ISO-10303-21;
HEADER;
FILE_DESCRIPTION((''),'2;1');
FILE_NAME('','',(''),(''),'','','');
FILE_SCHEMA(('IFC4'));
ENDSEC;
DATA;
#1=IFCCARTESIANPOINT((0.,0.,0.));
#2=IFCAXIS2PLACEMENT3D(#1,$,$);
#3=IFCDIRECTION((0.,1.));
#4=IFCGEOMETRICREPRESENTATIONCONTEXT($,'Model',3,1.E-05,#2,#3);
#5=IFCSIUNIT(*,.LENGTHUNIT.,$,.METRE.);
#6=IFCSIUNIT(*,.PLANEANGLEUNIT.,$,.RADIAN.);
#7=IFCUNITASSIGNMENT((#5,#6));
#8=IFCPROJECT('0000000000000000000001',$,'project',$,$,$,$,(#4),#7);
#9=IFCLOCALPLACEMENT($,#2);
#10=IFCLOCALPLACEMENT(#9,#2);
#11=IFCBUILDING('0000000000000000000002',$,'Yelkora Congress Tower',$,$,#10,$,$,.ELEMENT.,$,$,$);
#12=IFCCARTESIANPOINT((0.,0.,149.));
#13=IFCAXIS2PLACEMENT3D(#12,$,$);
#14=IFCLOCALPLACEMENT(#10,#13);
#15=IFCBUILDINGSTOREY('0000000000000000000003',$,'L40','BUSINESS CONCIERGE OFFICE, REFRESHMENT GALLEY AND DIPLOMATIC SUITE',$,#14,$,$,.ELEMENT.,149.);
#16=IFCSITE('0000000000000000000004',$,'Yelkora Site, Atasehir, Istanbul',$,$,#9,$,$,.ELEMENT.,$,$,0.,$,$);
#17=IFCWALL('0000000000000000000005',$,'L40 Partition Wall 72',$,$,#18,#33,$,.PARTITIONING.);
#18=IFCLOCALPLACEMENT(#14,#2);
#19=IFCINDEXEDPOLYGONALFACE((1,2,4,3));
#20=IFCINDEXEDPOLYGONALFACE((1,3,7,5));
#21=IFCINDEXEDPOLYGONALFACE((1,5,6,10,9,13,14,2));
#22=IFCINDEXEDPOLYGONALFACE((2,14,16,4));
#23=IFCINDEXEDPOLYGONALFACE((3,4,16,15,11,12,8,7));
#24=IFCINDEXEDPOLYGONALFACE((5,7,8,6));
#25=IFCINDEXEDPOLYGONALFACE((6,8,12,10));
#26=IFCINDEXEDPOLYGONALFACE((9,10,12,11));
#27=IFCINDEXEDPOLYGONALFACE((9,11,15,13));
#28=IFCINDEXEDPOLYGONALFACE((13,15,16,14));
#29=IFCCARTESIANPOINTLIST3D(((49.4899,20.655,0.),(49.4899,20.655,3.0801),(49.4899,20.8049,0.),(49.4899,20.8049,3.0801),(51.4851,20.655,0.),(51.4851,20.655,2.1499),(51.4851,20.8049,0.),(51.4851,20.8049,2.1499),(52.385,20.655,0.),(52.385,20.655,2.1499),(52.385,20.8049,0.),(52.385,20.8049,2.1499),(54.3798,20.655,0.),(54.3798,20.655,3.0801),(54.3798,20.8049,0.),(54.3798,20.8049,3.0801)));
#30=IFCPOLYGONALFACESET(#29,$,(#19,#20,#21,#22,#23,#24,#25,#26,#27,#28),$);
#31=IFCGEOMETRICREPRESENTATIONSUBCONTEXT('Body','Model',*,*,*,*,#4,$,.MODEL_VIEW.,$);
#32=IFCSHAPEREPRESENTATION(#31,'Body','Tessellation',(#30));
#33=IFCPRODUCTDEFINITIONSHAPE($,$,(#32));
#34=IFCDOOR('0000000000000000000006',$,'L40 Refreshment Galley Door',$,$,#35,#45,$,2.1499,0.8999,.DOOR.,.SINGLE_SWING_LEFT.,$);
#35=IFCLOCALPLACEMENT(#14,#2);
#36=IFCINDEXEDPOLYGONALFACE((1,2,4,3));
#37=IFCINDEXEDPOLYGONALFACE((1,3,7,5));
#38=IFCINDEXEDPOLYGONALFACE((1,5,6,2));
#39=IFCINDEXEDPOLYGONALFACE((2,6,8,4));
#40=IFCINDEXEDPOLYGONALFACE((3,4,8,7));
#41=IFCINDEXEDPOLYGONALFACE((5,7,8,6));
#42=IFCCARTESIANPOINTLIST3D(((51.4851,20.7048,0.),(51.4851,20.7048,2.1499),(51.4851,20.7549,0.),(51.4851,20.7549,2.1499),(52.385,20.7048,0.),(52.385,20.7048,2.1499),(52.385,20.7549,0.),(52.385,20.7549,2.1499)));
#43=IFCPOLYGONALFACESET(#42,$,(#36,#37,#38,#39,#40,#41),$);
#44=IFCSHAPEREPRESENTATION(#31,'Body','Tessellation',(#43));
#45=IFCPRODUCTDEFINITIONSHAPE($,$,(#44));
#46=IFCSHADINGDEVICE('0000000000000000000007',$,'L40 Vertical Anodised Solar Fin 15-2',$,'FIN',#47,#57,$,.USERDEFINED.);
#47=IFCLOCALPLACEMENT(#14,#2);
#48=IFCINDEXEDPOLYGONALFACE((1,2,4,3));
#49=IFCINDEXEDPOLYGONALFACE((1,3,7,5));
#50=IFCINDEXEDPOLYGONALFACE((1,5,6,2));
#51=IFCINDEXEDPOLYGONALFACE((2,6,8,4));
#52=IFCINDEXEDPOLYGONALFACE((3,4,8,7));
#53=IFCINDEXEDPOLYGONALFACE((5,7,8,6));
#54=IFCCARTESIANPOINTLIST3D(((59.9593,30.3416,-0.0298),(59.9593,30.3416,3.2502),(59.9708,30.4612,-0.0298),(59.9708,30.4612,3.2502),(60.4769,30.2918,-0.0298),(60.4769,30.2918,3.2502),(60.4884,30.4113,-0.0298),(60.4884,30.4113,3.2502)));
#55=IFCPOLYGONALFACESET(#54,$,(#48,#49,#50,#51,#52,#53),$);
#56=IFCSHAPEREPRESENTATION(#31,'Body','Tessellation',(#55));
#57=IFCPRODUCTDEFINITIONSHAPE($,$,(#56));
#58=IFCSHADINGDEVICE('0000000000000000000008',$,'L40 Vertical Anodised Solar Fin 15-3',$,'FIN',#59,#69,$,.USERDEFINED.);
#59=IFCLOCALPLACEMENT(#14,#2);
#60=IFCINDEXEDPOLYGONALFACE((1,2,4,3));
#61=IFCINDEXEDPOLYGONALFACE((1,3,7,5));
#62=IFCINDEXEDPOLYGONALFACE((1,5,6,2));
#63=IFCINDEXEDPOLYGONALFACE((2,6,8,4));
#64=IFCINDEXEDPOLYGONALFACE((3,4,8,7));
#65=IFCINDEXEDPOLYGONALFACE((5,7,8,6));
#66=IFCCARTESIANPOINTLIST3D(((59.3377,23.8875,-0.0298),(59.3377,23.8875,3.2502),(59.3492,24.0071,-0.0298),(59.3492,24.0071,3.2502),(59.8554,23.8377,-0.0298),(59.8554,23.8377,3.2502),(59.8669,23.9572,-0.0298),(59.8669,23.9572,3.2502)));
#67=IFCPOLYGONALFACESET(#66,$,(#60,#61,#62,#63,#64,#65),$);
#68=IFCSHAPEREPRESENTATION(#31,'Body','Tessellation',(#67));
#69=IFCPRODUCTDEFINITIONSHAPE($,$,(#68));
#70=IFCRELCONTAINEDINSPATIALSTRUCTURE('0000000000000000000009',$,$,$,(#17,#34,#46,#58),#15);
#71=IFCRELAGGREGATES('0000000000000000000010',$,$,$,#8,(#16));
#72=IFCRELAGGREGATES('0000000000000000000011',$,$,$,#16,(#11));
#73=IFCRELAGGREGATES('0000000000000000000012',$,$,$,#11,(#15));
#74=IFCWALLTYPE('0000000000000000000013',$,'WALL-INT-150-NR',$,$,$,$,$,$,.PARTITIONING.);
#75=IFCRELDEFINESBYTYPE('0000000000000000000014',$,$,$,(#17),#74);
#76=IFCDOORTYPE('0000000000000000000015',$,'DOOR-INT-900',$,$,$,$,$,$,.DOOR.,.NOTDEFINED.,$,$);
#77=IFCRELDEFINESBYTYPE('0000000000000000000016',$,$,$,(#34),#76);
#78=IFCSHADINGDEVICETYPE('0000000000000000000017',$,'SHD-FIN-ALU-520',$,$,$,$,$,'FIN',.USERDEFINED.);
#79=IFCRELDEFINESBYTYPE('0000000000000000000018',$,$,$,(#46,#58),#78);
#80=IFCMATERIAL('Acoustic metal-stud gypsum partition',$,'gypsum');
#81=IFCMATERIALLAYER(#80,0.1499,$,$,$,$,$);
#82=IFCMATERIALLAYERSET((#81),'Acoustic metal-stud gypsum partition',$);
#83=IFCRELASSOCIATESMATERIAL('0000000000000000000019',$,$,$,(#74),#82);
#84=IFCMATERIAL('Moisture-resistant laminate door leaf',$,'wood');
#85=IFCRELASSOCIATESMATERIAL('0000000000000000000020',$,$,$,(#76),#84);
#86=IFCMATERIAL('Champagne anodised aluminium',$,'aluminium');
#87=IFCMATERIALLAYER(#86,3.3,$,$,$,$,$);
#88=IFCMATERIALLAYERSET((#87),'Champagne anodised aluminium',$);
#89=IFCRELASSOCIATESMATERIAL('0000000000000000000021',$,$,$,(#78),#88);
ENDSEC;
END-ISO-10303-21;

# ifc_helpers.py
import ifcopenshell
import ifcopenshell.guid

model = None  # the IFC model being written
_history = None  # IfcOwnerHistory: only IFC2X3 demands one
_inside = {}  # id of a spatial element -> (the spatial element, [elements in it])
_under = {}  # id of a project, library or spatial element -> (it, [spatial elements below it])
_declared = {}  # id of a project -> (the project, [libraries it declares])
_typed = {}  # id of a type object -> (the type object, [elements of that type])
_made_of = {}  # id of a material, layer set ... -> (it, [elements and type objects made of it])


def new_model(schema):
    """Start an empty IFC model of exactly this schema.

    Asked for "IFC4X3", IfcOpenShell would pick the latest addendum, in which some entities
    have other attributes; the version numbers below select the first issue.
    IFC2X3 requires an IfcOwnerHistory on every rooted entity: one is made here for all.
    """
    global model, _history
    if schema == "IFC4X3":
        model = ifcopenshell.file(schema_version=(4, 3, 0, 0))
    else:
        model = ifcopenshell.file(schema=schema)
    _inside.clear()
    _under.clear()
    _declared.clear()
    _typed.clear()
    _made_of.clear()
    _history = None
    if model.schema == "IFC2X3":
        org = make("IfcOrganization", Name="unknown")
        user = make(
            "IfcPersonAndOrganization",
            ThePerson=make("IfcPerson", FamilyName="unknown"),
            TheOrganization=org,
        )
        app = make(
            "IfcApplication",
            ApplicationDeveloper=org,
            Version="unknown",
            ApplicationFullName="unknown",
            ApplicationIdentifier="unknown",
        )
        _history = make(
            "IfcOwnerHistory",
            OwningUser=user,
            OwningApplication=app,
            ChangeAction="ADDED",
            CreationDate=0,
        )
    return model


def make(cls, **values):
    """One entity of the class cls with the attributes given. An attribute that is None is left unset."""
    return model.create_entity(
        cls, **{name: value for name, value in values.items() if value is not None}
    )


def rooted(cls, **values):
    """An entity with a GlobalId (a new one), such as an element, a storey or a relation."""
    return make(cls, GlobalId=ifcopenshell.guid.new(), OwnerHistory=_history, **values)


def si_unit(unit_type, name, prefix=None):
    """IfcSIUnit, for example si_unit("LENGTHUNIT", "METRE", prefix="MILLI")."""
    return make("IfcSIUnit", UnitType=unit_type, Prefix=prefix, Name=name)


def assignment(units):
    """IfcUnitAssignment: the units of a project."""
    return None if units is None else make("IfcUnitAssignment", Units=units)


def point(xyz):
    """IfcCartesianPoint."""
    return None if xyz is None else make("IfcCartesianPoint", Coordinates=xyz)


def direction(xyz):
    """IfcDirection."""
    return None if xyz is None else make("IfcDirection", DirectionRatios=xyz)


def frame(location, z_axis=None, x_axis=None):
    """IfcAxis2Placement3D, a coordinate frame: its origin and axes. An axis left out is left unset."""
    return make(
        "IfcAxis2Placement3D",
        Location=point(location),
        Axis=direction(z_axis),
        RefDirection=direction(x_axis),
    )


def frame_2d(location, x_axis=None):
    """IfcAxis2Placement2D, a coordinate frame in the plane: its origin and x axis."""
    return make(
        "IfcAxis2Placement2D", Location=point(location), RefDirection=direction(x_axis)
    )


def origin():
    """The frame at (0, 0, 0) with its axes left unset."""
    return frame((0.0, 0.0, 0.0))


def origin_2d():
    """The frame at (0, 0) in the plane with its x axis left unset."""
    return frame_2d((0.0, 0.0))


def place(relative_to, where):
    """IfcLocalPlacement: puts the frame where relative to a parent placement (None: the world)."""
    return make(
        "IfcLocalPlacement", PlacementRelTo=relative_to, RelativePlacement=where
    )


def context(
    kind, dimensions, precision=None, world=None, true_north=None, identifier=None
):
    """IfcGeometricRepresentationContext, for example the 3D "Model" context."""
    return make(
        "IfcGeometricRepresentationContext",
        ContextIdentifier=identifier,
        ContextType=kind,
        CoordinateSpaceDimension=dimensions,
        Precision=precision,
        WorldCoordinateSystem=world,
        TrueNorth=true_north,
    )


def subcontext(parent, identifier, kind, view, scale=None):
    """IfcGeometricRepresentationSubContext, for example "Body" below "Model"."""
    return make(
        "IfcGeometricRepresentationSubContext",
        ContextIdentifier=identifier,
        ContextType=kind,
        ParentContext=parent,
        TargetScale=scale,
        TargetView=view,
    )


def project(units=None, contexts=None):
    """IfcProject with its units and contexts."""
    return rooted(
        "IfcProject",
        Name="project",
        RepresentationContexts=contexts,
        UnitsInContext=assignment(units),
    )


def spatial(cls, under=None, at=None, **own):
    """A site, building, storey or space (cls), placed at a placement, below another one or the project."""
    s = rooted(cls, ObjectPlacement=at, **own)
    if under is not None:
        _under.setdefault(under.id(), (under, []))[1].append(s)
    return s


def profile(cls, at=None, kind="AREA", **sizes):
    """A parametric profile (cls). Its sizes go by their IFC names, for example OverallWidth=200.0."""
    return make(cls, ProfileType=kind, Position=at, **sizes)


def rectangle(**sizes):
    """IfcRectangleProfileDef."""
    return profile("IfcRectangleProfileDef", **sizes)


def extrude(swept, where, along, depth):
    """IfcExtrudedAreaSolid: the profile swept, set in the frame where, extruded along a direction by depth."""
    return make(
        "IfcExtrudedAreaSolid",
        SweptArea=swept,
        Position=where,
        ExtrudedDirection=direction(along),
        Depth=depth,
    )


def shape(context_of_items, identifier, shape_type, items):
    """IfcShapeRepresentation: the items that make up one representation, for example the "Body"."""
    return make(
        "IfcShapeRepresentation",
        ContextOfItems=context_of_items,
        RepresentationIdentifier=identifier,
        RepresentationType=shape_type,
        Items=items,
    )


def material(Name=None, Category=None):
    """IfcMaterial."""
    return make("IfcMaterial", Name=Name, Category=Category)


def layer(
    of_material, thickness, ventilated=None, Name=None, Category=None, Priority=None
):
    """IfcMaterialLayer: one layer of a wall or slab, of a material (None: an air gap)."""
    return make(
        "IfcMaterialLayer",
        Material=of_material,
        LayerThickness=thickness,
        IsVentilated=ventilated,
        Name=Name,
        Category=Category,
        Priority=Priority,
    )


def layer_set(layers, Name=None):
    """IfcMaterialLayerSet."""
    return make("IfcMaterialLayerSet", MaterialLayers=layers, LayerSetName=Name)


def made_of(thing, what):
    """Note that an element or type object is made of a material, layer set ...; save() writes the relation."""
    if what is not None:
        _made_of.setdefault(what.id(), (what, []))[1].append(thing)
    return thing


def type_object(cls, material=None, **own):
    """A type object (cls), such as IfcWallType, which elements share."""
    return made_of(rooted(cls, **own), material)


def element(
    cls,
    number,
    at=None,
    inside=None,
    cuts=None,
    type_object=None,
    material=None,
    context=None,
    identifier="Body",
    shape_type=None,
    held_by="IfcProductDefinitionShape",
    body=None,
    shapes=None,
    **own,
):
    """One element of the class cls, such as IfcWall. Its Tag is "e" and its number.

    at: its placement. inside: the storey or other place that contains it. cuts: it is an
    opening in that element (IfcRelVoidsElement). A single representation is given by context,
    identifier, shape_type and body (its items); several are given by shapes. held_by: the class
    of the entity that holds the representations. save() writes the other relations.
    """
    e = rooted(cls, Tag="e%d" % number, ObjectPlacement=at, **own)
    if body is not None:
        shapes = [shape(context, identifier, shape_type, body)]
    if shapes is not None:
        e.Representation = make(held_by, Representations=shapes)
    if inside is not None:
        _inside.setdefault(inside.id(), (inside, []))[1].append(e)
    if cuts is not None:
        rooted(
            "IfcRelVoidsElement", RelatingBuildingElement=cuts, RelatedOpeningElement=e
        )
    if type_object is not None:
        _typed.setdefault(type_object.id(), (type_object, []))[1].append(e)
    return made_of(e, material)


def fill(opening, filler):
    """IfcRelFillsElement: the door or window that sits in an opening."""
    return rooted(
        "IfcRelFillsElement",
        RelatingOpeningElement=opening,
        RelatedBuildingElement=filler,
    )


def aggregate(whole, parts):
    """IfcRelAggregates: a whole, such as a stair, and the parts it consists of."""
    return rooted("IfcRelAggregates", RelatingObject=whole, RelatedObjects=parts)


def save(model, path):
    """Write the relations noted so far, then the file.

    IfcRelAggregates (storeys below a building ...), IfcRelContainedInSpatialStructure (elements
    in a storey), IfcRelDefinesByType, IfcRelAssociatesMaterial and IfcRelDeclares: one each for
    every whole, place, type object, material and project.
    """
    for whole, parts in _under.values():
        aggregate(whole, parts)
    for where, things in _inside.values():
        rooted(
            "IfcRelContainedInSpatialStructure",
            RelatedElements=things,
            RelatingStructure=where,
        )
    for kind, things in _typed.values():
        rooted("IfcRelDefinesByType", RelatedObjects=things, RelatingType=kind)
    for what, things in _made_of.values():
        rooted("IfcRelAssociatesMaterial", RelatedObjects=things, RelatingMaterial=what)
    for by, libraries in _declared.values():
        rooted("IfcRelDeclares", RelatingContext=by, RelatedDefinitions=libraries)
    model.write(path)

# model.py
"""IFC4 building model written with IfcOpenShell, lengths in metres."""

from ifc_helpers import new_model, si_unit, direction, frame, frame_2d, origin, origin_2d, place, context, subcontext, project, spatial, rectangle, extrude, material, layer, layer_set, type_object, element, fill, save


model = new_model("IFC4")

# Units and contexts
model_context = context("Model", 3, precision=1e-05, world=origin(), true_north=direction((0.0, 1.0)))
body_context = subcontext(model_context, "Body", "Model", "MODEL_VIEW")
ifc_project = project(units=[si_unit("LENGTHUNIT", "METRE"), si_unit("PLANEANGLEUNIT", "RADIAN")], contexts=[model_context])

# Site, building, storey
site_placement = place(None, origin())
site = spatial("IfcSite", under=ifc_project, at=site_placement, Name="Yelkora Site, Atasehir, Istanbul", CompositionType="ELEMENT", RefElevation=0.0)
building_placement = place(site_placement, origin())
building = spatial("IfcBuilding", under=site, at=building_placement, Name="Yelkora Congress Tower", CompositionType="ELEMENT")
storey_placement = place(building_placement, frame((0.0, 0.0, 149.0)))
storey = spatial("IfcBuildingStorey", under=building, at=storey_placement, Name="L40", Description="BUSINESS CONCIERGE OFFICE, REFRESHMENT GALLEY AND DIPLOMATIC SUITE", CompositionType="ELEMENT", Elevation=149.0)

# Shared definitions
ifc_material_1 = material(Name="Acoustic metal-stud gypsum partition", Category="gypsum")
ifc_layer_1 = layer(ifc_material_1, 0.1499)
ifc_layer_set_1 = layer_set([ifc_layer_1], Name="Acoustic metal-stud gypsum partition")
wall_type = type_object("IfcWallType", Name="WALL-INT-150-NR", PredefinedType="PARTITIONING", material=ifc_layer_set_1)
ifc_material_2 = material(Name="Moisture-resistant laminate door leaf", Category="wood")
door_type = type_object("IfcDoorType", Name="DOOR-INT-900", OperationType="NOTDEFINED", PredefinedType="DOOR", material=ifc_material_2)

# Wall, opening, door
wall_1_placement = place(storey_placement, frame((49.49, 20.73, 0.0), z_axis=(0.0, 0.0, 1.0), x_axis=(1.0, 0.0, 0.0)))
wall_1 = element("IfcWall", 1, at=wall_1_placement, inside=storey, type_object=wall_type, Name="L40 Partition Wall 72", PredefinedType="PARTITIONING", context=body_context, shape_type="SweptSolid", body=[
    extrude(rectangle(XDim=4.8899, YDim=0.1499, at=frame_2d((2.4448, 0.0))), origin(), (0.0, 0.0, 1.0), 3.0801),
])
opening_1_placement = place(wall_1_placement, frame((1.9951, 0.0, 0.0)))
opening_1 = element("IfcOpeningElement", 2, at=opening_1_placement, cuts=wall_1, PredefinedType="OPENING", context=body_context, shape_type="SweptSolid", body=[
    extrude(rectangle(XDim=0.8999, YDim=2.1499, at=frame_2d((0.45, 1.075))), frame((0.0, 0.085, 0.0), z_axis=(0.0, -1.0, 0.0), x_axis=(1.0, 0.0, 0.0)), (0.0, 0.0, 1.0), 0.1699),
])
door_1_placement = place(opening_1_placement, origin())
door_1 = element("IfcDoor", 3, at=door_1_placement, inside=storey, type_object=door_type, Name="L40 Refreshment Galley Door", OperationType="SINGLE_SWING_LEFT", OverallHeight=2.1499, OverallWidth=0.8999, PredefinedType="DOOR", context=body_context, shape_type="SweptSolid", body=[
    extrude(rectangle(XDim=0.8999, YDim=2.1499, at=frame_2d((0.45, 1.075))), frame((0.0, 0.0249, 0.0), z_axis=(0.0, -1.0, 0.0), x_axis=(1.0, 0.0, 0.0)), (0.0, 0.0, 1.0), 0.05),
])
fill(opening_1, door_1)

# Shading devices
ifc_material_3 = material(Name="Champagne anodised aluminium", Category="aluminium")
ifc_layer_2 = layer(ifc_material_3, 3.3)
ifc_layer_set_2 = layer_set([ifc_layer_2], Name="Champagne anodised aluminium")
shading_device_type = type_object("IfcShadingDeviceType", Name="SHD-FIN-ALU-520", ElementType="FIN", PredefinedType="USERDEFINED", material=ifc_layer_set_2)
for number, where, z_axis, x_axis, name in (
    (4, (60.2239, 30.3765, -0.0298), (0.0, 0.0, 1.0), (-0.095846, -0.995396, 0.0), "L40 Vertical Anodised Solar Fin 15-2"),
    (5, (59.6023, 23.9224, -0.0298), (0.0, 0.0, 1.0), (-0.095846, -0.995396, 0.0), "L40 Vertical Anodised Solar Fin 15-3"),
):
    element("IfcShadingDevice", number, at=place(storey_placement, frame(where, z_axis=z_axis, x_axis=x_axis)), inside=storey, type_object=shading_device_type, Name=name, ObjectType="FIN", PredefinedType="USERDEFINED", context=body_context, shape_type="SweptSolid", body=[
        extrude(rectangle(XDim=0.1201, YDim=0.52, at=origin_2d()), origin(), (0.0, 0.0, 1.0), 3.28),
    ])

save(model, "model.ifc")
